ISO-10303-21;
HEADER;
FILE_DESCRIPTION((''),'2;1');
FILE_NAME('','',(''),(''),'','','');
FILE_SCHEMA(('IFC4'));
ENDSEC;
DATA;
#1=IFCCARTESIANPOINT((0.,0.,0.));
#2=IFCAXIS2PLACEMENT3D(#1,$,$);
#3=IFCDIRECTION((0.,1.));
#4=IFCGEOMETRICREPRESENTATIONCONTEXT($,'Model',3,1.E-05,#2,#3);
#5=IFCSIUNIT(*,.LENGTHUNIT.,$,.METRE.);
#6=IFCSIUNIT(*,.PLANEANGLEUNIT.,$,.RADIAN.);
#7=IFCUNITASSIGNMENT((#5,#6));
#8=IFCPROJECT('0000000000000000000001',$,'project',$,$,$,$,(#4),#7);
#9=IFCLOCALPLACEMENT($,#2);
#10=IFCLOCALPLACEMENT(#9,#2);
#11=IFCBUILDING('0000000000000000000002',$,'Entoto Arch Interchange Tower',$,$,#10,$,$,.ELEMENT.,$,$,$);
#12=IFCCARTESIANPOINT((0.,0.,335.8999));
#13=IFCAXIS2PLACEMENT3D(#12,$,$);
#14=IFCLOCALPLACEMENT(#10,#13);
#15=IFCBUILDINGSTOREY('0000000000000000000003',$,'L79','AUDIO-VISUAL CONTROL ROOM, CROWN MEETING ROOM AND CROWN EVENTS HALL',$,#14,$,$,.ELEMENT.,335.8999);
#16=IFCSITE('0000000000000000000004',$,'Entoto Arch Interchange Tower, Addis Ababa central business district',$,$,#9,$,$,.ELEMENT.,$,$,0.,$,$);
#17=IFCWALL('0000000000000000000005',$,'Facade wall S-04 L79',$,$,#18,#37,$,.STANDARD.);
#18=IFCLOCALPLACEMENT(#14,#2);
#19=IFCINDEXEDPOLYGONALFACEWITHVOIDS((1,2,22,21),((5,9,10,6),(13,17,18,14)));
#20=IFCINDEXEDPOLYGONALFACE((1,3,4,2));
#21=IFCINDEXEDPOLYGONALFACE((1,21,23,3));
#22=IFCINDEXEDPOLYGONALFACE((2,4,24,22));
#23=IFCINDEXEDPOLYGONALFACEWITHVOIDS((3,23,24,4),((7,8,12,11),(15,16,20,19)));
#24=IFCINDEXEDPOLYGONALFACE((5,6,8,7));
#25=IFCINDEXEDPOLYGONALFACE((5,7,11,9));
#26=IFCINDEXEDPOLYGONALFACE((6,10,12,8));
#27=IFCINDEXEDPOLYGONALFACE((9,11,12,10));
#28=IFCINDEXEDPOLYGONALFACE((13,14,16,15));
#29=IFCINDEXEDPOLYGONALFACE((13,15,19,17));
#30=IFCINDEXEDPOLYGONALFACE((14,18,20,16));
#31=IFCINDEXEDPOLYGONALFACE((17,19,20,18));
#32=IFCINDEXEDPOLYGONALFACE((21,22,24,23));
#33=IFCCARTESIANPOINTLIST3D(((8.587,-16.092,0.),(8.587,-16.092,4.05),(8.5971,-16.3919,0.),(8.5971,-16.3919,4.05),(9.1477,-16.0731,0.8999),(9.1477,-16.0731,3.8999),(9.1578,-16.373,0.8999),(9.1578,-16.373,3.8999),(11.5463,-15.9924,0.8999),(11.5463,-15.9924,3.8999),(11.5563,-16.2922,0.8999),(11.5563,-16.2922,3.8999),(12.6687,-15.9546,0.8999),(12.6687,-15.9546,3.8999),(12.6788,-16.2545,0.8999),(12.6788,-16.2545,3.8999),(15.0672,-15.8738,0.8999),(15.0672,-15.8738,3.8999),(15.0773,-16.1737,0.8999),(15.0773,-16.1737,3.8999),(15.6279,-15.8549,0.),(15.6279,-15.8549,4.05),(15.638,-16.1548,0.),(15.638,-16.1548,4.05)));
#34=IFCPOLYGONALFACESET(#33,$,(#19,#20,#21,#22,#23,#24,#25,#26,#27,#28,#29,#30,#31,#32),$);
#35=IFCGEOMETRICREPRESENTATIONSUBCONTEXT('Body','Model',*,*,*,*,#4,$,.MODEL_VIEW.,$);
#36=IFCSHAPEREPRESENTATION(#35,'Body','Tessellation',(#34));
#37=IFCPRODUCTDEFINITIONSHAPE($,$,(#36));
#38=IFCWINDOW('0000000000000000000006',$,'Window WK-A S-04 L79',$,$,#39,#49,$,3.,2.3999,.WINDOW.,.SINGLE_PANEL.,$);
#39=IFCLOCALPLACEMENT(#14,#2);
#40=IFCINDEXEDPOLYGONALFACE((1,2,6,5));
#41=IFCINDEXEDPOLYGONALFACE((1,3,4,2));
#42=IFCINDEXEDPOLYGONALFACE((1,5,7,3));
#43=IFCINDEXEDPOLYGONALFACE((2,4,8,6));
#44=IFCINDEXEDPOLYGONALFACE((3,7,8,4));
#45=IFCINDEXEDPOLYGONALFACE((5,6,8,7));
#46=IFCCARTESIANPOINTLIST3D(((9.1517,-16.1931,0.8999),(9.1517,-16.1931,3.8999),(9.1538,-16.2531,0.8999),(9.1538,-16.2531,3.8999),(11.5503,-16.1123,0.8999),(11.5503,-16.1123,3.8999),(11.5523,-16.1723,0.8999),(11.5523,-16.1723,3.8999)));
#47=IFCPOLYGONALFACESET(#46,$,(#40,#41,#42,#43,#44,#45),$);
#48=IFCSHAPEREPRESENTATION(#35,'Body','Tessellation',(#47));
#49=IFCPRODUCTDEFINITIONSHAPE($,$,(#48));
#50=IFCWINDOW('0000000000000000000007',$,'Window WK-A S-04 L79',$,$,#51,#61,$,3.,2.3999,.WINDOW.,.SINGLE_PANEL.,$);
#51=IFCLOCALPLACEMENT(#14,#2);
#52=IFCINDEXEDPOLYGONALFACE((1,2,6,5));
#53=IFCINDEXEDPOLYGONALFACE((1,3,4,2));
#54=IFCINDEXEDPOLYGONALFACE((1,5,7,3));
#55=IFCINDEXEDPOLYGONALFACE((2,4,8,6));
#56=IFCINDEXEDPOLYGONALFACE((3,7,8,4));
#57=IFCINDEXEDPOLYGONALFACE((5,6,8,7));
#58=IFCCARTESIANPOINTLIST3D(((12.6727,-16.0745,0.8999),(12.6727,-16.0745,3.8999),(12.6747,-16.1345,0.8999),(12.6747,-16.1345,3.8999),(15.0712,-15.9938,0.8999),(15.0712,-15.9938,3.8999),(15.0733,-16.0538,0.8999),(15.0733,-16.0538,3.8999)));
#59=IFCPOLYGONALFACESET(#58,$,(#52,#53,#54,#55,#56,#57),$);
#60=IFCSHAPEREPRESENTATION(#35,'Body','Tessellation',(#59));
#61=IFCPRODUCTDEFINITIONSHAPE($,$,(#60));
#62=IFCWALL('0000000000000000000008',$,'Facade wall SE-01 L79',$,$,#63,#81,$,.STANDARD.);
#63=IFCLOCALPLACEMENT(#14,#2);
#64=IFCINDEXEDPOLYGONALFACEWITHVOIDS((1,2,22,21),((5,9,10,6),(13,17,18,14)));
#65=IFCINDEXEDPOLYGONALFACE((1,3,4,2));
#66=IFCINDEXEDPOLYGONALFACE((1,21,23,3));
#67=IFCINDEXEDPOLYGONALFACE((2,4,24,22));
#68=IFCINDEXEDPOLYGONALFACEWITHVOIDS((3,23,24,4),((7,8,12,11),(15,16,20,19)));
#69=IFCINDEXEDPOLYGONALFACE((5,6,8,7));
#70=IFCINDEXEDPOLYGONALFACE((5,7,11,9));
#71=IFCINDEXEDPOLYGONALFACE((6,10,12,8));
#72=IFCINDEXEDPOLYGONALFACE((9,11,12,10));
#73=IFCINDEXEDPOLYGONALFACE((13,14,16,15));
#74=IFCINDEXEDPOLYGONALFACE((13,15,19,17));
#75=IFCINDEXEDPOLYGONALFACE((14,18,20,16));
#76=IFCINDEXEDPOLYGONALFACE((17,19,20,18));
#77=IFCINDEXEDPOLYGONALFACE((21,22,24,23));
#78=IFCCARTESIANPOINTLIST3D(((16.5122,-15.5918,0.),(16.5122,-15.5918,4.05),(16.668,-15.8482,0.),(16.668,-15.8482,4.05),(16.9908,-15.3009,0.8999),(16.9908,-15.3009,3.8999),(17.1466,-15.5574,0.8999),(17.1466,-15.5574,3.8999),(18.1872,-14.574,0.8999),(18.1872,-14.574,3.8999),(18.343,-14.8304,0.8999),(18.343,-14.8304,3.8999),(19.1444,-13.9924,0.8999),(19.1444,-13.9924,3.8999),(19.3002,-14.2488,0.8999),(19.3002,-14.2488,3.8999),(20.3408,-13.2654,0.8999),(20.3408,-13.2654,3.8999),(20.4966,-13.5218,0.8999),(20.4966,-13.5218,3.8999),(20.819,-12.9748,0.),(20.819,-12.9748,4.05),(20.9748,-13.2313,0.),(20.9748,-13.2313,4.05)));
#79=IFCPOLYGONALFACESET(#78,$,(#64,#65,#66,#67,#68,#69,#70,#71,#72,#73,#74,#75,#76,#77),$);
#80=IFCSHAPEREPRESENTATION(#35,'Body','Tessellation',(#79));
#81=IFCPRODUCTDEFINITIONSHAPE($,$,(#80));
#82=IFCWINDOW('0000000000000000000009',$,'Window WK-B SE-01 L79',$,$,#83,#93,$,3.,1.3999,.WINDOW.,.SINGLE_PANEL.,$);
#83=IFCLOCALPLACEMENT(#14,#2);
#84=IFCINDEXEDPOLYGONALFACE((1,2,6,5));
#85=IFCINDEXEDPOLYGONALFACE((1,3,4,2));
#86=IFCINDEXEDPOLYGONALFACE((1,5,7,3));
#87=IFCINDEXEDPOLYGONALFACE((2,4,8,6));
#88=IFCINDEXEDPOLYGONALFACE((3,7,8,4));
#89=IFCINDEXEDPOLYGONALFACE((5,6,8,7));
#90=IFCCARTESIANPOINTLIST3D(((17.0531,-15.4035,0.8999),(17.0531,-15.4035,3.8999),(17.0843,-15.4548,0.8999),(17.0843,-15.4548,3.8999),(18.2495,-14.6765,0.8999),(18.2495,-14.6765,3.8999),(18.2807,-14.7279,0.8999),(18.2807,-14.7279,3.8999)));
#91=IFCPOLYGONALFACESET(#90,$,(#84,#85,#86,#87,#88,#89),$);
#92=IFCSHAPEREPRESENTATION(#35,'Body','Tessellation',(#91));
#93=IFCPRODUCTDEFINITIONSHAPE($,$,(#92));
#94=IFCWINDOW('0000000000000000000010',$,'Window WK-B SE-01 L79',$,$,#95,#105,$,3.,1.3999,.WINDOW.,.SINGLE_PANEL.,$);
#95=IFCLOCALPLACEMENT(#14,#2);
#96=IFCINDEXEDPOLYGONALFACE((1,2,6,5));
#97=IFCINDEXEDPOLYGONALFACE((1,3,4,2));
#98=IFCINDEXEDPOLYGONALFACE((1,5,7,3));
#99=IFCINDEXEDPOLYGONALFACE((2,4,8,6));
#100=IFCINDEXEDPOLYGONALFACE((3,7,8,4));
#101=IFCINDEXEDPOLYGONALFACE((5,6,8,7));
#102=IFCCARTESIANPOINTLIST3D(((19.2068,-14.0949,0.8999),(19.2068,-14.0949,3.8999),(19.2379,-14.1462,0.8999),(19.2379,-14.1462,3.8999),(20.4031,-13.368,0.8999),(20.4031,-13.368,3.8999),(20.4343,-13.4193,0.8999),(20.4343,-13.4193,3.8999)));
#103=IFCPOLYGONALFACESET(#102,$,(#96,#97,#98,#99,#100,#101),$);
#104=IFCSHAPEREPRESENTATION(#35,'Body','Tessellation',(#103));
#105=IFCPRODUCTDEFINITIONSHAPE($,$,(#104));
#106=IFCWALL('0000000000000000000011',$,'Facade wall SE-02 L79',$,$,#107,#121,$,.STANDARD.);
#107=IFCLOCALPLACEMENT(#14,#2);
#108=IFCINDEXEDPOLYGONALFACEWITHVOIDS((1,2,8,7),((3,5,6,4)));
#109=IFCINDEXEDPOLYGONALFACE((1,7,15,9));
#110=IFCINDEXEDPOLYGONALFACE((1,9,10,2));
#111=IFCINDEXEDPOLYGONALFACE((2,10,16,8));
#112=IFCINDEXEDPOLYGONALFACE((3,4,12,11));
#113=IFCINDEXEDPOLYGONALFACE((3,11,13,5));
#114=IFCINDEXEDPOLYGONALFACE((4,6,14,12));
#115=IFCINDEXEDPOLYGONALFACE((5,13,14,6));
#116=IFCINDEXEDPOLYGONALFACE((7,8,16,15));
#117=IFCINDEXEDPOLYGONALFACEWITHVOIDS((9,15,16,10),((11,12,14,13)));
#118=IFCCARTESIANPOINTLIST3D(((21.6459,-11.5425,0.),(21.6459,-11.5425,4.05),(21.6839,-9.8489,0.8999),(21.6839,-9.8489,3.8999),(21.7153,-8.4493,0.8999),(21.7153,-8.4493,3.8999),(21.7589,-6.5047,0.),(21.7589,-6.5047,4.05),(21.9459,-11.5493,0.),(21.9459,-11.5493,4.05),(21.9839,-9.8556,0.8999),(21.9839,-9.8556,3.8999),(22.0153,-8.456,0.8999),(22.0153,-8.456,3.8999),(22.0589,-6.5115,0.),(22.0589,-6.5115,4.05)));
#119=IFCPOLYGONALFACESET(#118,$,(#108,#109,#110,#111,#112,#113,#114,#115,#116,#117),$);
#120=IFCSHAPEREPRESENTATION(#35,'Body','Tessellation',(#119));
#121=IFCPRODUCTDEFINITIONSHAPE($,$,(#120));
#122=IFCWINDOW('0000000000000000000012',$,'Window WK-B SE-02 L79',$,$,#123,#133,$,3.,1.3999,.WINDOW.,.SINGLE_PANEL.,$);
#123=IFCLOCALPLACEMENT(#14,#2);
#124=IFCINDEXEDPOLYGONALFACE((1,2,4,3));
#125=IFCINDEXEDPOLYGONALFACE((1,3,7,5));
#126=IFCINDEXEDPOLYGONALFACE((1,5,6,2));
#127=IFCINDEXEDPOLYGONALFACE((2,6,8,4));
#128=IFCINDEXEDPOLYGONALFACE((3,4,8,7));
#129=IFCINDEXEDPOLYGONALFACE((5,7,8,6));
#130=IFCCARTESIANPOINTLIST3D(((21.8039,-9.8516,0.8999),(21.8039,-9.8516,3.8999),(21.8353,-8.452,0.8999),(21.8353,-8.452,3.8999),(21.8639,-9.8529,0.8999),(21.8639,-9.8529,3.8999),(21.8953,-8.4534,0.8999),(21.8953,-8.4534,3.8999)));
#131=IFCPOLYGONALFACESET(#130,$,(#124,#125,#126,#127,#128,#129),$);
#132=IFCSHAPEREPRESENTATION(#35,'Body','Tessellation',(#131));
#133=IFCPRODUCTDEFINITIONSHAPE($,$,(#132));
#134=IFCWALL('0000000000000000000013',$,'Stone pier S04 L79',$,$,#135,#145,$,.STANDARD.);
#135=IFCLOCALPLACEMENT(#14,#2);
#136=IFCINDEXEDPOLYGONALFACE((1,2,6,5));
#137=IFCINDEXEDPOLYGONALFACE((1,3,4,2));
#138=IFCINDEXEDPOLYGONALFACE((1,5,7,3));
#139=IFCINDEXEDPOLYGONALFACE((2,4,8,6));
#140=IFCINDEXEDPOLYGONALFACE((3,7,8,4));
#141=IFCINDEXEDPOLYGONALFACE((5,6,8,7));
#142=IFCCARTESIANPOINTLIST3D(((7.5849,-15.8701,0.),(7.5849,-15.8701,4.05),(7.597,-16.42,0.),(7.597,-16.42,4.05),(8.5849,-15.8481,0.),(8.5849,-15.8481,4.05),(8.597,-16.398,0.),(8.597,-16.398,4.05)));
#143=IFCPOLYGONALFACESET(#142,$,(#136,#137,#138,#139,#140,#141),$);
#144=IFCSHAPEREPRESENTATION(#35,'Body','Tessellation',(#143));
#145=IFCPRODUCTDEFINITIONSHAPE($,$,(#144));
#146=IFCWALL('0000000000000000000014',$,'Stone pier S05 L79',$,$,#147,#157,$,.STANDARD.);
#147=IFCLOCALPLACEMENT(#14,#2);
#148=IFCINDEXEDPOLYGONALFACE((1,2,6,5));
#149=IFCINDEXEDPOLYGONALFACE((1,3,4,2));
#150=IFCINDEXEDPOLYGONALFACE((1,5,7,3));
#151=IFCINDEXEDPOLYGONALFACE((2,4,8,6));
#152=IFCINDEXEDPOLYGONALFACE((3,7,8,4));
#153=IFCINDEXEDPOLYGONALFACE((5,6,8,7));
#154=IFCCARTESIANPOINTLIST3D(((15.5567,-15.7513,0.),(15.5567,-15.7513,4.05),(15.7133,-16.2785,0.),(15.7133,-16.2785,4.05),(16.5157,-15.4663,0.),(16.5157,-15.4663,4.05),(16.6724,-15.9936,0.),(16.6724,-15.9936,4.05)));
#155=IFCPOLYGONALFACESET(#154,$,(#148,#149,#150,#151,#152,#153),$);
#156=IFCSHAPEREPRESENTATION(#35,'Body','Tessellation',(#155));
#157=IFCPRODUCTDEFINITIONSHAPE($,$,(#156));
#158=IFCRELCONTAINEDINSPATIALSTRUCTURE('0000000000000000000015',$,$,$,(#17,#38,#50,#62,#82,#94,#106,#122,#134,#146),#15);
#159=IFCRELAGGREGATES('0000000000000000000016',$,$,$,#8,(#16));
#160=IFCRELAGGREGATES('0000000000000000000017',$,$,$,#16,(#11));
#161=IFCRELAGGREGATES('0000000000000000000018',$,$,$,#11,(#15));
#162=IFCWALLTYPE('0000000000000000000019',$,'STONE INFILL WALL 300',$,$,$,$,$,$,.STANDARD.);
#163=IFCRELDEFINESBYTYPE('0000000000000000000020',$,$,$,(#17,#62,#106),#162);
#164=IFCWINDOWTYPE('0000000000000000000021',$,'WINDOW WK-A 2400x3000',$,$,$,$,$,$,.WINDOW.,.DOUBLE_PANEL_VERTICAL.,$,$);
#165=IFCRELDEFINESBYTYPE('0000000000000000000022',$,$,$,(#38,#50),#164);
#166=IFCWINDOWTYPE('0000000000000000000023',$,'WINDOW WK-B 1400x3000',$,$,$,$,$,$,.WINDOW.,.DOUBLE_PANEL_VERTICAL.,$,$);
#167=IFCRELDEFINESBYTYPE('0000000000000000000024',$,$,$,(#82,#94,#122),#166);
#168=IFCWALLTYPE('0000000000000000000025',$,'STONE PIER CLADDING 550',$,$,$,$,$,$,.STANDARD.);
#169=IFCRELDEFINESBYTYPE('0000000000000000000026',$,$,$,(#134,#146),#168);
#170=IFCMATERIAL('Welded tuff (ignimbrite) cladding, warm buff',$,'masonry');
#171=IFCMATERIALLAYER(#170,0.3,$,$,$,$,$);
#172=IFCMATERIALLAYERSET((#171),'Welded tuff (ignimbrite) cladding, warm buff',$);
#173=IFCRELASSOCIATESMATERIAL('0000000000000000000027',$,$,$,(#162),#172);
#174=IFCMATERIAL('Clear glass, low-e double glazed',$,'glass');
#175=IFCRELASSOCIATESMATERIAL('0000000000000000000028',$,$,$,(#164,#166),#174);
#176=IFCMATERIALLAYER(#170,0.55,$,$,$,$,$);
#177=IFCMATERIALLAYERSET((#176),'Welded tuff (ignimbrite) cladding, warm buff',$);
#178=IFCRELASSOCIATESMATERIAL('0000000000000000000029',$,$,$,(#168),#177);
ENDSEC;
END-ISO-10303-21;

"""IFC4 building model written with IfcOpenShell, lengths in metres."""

from ifc_helpers import new_model, si_unit, direction, frame, frame_2d, origin, place, context, subcontext, project, spatial, rectangle, extrude, material, layer, layer_set, type_object, element, fill, save


model = new_model("IFC4")

# Units and contexts
model_context = context("Model", 3, precision=1e-05, world=origin(), true_north=direction((0.0, 1.0)))
body_context = subcontext(model_context, "Body", "Model", "MODEL_VIEW")
ifc_project = project(units=[si_unit("LENGTHUNIT", "METRE"), si_unit("PLANEANGLEUNIT", "RADIAN")], contexts=[model_context])

# Site, building, storey
site_placement = place(None, origin())
site = spatial("IfcSite", under=ifc_project, at=site_placement, Name="Entoto Arch Interchange Tower, Addis Ababa central business district", CompositionType="ELEMENT", RefElevation=0.0)
building_placement = place(site_placement, origin())
building = spatial("IfcBuilding", under=site, at=building_placement, Name="Entoto Arch Interchange Tower", CompositionType="ELEMENT")
storey_placement = place(building_placement, frame((0.0, 0.0, 335.8999)))
storey = spatial("IfcBuildingStorey", under=building, at=storey_placement, Name="L79", Description="AUDIO-VISUAL CONTROL ROOM, CROWN MEETING ROOM AND CROWN EVENTS HALL", CompositionType="ELEMENT", Elevation=335.8999)

# Walls, openings, windows
ifc_material_1 = material(Name="Welded tuff (ignimbrite) cladding, warm buff", Category="masonry")
ifc_layer_1 = layer(ifc_material_1, 0.3)
ifc_layer_set_1 = layer_set([ifc_layer_1], Name="Welded tuff (ignimbrite) cladding, warm buff")
wall_type_1 = type_object("IfcWallType", Name="STONE INFILL WALL 300", PredefinedType="STANDARD", material=ifc_layer_set_1)
wall_1_placement = place(storey_placement, frame((8.592, -16.2419, 0.0), z_axis=(0.0, 0.0, 1.0), x_axis=(0.999434, 0.033649, 0.0)))
wall_1 = element("IfcWall", 1, at=wall_1_placement, inside=storey, type_object=wall_type_1, Name="Facade wall S-04 L79", PredefinedType="STANDARD", context=body_context, shape_type="SweptSolid", body=[
    extrude(rectangle(XDim=7.0449, YDim=0.3, at=frame_2d((3.5225, 0.0))), origin(), (0.0, 0.0, 1.0), 4.05),
])
opening_1_placement = place(wall_1_placement, frame((0.561, 0.0, 0.8999)))
opening_1 = element("IfcOpeningElement", 2, at=opening_1_placement, cuts=wall_1, PredefinedType="OPENING", context=body_context, shape_type="SweptSolid", body=[
    extrude(rectangle(XDim=2.3999, YDim=3.0, at=frame_2d((1.2, 1.5))), frame((0.0, 0.1602, 0.0), z_axis=(0.0, -1.0, 0.0), x_axis=(1.0, 0.0, 0.0)), (0.0, 0.0, 1.0), 0.3201),
])
opening_2_placement = place(wall_1_placement, frame((4.084, 0.0, 0.8999)))
opening_2 = element("IfcOpeningElement", 3, at=opening_2_placement, cuts=wall_1, PredefinedType="OPENING", context=body_context, shape_type="SweptSolid", body=[
    extrude(rectangle(XDim=2.3999, YDim=3.0, at=frame_2d((1.2, 1.5))), frame((0.0, 0.1602, 0.0), z_axis=(0.0, -1.0, 0.0), x_axis=(1.0, 0.0, 0.0)), (0.0, 0.0, 1.0), 0.3201),
])
ifc_material_2 = material(Name="Clear glass, low-e double glazed", Category="glass")
window_type_1 = type_object("IfcWindowType", Name="WINDOW WK-A 2400x3000", PartitioningType="DOUBLE_PANEL_VERTICAL", PredefinedType="WINDOW", material=ifc_material_2)
window_1_placement = place(opening_1_placement, origin())
window_1 = element("IfcWindow", 4, at=window_1_placement, inside=storey, type_object=window_type_1, Name="Window WK-A S-04 L79", OverallHeight=3.0, OverallWidth=2.3999, PartitioningType="SINGLE_PANEL", PredefinedType="WINDOW", context=body_context, shape_type="SweptSolid", body=[
    extrude(rectangle(XDim=2.3999, YDim=3.0, at=frame_2d((1.2, 1.5))), frame((0.0, 0.03, 0.0), z_axis=(0.0, -1.0, 0.0), x_axis=(1.0, 0.0, 0.0)), (0.0, 0.0, 1.0), 0.0601),
])
fill(opening_1, window_1)
window_2_placement = place(opening_2_placement, origin())
window_2 = element("IfcWindow", 5, at=window_2_placement, inside=storey, type_object=window_type_1, Name="Window WK-A S-04 L79", OverallHeight=3.0, OverallWidth=2.3999, PartitioningType="SINGLE_PANEL", PredefinedType="WINDOW", context=body_context, shape_type="SweptSolid", body=[
    extrude(rectangle(XDim=2.3999, YDim=3.0, at=frame_2d((1.2, 1.5))), frame((0.0, 0.03, 0.0), z_axis=(0.0, -1.0, 0.0), x_axis=(1.0, 0.0, 0.0)), (0.0, 0.0, 1.0), 0.0601),
])
fill(opening_2, window_2)
wall_2_placement = place(storey_placement, frame((16.5901, -15.72, 0.0), z_axis=(0.0, 0.0, 1.0), x_axis=(0.854607, 0.519275, 0.0)))
wall_2 = element("IfcWall", 6, at=wall_2_placement, inside=storey, type_object=wall_type_1, Name="Facade wall SE-01 L79", PredefinedType="STANDARD", context=body_context, shape_type="SweptSolid", body=[
    extrude(rectangle(XDim=5.0396, YDim=0.3, at=frame_2d((2.5198, 0.0))), origin(), (0.0, 0.0, 1.0), 4.05),
])
opening_3_placement = place(wall_2_placement, frame((0.5601, 0.0, 0.8999)))
opening_3 = element("IfcOpeningElement", 7, at=opening_3_placement, cuts=wall_2, PredefinedType="OPENING", context=body_context, shape_type="SweptSolid", body=[
    extrude(rectangle(XDim=1.3999, YDim=3.0, at=frame_2d((0.7, 1.5))), frame((0.0, 0.1602, 0.0), z_axis=(0.0, -1.0, 0.0), x_axis=(1.0, 0.0, 0.0)), (0.0, 0.0, 1.0), 0.3201),
])
opening_4_placement = place(wall_2_placement, frame((3.0801, 0.0, 0.8999)))
opening_4 = element("IfcOpeningElement", 8, at=opening_4_placement, cuts=wall_2, PredefinedType="OPENING", context=body_context, shape_type="SweptSolid", body=[
    extrude(rectangle(XDim=1.3999, YDim=3.0, at=frame_2d((0.7, 1.5))), frame((0.0, 0.1602, 0.0), z_axis=(0.0, -1.0, 0.0), x_axis=(1.0, 0.0, 0.0)), (0.0, 0.0, 1.0), 0.3201),
])
window_type_2 = type_object("IfcWindowType", Name="WINDOW WK-B 1400x3000", PartitioningType="DOUBLE_PANEL_VERTICAL", PredefinedType="WINDOW", material=ifc_material_2)
window_3_placement = place(opening_3_placement, origin())
window_3 = element("IfcWindow", 9, at=window_3_placement, inside=storey, type_object=window_type_2, Name="Window WK-B SE-01 L79", OverallHeight=3.0, OverallWidth=1.3999, PartitioningType="SINGLE_PANEL", PredefinedType="WINDOW", context=body_context, shape_type="SweptSolid", body=[
    extrude(rectangle(XDim=1.3999, YDim=3.0, at=frame_2d((0.7, 1.5))), frame((0.0, 0.03, 0.0), z_axis=(0.0, -1.0, 0.0), x_axis=(1.0, 0.0, 0.0)), (0.0, 0.0, 1.0), 0.0601),
])
fill(opening_3, window_3)
window_4_placement = place(opening_4_placement, origin())
window_4 = element("IfcWindow", 10, at=window_4_placement, inside=storey, type_object=window_type_2, Name="Window WK-B SE-01 L79", OverallHeight=3.0, OverallWidth=1.3999, PartitioningType="SINGLE_PANEL", PredefinedType="WINDOW", context=body_context, shape_type="SweptSolid", body=[
    extrude(rectangle(XDim=1.3999, YDim=3.0, at=frame_2d((0.7, 1.5))), frame((0.0, 0.03, 0.0), z_axis=(0.0, -1.0, 0.0), x_axis=(1.0, 0.0, 0.0)), (0.0, 0.0, 1.0), 0.0601),
])
fill(opening_4, window_4)

# Wall, opening, window
wall_3_placement = place(storey_placement, frame((21.7959, -11.5459, 0.0), z_axis=(0.0, 0.0, 1.0), x_axis=(0.022432, 0.999748, 0.0)))
wall_3 = element("IfcWall", 11, at=wall_3_placement, inside=storey, type_object=wall_type_1, Name="Facade wall SE-02 L79", PredefinedType="STANDARD", context=body_context, shape_type="SweptSolid", body=[
    extrude(rectangle(XDim=5.0391, YDim=0.3, at=frame_2d((2.5195, 0.0))), origin(), (0.0, 0.0, 1.0), 4.05),
])
opening_5_placement = place(wall_3_placement, frame((1.6941, 0.0, 0.8999)))
opening_5 = element("IfcOpeningElement", 12, at=opening_5_placement, cuts=wall_3, PredefinedType="OPENING", context=body_context, shape_type="SweptSolid", body=[
    extrude(rectangle(XDim=1.3999, YDim=3.0, at=frame_2d((0.7, 1.5))), frame((0.0, 0.1602, 0.0), z_axis=(0.0, -1.0, 0.0), x_axis=(1.0, 0.0, 0.0)), (0.0, 0.0, 1.0), 0.3201),
])
window_5_placement = place(opening_5_placement, origin())
window_5 = element("IfcWindow", 13, at=window_5_placement, inside=storey, type_object=window_type_2, Name="Window WK-B SE-02 L79", OverallHeight=3.0, OverallWidth=1.3999, PartitioningType="SINGLE_PANEL", PredefinedType="WINDOW", context=body_context, shape_type="SweptSolid", body=[
    extrude(rectangle(XDim=1.3999, YDim=3.0, at=frame_2d((0.7, 1.5))), frame((0.0, 0.03, 0.0), z_axis=(0.0, -1.0, 0.0), x_axis=(1.0, 0.0, 0.0)), (0.0, 0.0, 1.0), 0.0601),
])
fill(opening_5, window_5)

# Walls
ifc_layer_2 = layer(ifc_material_1, 0.55)
ifc_layer_set_2 = layer_set([ifc_layer_2], Name="Welded tuff (ignimbrite) cladding, warm buff")
wall_type_2 = type_object("IfcWallType", Name="STONE PIER CLADDING 550", PredefinedType="STANDARD", material=ifc_layer_set_2)
wall_4_placement = place(storey_placement, frame((7.5911, -16.145, 0.0), z_axis=(0.0, 0.0, 1.0), x_axis=(0.999759, 0.021967, 0.0)))
element("IfcWall", 14, at=wall_4_placement, inside=storey, type_object=wall_type_2, Name="Stone pier S04 L79", PredefinedType="STANDARD", context=body_context, shape_type="SweptSolid", body=[
    extrude(rectangle(XDim=1.0002, YDim=0.55, at=frame_2d((0.5, 0.0))), origin(), (0.0, 0.0, 1.0), 4.05),
])
wall_5_placement = place(storey_placement, frame((15.635, -16.0149, 0.0), z_axis=(0.0, 0.0, 1.0), x_axis=(0.958589, 0.284795, 0.0)))
element("IfcWall", 15, at=wall_5_placement, inside=storey, type_object=wall_type_2, Name="Stone pier S05 L79", PredefinedType="STANDARD", context=body_context, shape_type="SweptSolid", body=[
    extrude(rectangle(XDim=1.0005, YDim=0.55, at=frame_2d((0.5002, 0.0))), origin(), (0.0, 0.0, 1.0), 4.05),
])

save(model, "model.ifc")
